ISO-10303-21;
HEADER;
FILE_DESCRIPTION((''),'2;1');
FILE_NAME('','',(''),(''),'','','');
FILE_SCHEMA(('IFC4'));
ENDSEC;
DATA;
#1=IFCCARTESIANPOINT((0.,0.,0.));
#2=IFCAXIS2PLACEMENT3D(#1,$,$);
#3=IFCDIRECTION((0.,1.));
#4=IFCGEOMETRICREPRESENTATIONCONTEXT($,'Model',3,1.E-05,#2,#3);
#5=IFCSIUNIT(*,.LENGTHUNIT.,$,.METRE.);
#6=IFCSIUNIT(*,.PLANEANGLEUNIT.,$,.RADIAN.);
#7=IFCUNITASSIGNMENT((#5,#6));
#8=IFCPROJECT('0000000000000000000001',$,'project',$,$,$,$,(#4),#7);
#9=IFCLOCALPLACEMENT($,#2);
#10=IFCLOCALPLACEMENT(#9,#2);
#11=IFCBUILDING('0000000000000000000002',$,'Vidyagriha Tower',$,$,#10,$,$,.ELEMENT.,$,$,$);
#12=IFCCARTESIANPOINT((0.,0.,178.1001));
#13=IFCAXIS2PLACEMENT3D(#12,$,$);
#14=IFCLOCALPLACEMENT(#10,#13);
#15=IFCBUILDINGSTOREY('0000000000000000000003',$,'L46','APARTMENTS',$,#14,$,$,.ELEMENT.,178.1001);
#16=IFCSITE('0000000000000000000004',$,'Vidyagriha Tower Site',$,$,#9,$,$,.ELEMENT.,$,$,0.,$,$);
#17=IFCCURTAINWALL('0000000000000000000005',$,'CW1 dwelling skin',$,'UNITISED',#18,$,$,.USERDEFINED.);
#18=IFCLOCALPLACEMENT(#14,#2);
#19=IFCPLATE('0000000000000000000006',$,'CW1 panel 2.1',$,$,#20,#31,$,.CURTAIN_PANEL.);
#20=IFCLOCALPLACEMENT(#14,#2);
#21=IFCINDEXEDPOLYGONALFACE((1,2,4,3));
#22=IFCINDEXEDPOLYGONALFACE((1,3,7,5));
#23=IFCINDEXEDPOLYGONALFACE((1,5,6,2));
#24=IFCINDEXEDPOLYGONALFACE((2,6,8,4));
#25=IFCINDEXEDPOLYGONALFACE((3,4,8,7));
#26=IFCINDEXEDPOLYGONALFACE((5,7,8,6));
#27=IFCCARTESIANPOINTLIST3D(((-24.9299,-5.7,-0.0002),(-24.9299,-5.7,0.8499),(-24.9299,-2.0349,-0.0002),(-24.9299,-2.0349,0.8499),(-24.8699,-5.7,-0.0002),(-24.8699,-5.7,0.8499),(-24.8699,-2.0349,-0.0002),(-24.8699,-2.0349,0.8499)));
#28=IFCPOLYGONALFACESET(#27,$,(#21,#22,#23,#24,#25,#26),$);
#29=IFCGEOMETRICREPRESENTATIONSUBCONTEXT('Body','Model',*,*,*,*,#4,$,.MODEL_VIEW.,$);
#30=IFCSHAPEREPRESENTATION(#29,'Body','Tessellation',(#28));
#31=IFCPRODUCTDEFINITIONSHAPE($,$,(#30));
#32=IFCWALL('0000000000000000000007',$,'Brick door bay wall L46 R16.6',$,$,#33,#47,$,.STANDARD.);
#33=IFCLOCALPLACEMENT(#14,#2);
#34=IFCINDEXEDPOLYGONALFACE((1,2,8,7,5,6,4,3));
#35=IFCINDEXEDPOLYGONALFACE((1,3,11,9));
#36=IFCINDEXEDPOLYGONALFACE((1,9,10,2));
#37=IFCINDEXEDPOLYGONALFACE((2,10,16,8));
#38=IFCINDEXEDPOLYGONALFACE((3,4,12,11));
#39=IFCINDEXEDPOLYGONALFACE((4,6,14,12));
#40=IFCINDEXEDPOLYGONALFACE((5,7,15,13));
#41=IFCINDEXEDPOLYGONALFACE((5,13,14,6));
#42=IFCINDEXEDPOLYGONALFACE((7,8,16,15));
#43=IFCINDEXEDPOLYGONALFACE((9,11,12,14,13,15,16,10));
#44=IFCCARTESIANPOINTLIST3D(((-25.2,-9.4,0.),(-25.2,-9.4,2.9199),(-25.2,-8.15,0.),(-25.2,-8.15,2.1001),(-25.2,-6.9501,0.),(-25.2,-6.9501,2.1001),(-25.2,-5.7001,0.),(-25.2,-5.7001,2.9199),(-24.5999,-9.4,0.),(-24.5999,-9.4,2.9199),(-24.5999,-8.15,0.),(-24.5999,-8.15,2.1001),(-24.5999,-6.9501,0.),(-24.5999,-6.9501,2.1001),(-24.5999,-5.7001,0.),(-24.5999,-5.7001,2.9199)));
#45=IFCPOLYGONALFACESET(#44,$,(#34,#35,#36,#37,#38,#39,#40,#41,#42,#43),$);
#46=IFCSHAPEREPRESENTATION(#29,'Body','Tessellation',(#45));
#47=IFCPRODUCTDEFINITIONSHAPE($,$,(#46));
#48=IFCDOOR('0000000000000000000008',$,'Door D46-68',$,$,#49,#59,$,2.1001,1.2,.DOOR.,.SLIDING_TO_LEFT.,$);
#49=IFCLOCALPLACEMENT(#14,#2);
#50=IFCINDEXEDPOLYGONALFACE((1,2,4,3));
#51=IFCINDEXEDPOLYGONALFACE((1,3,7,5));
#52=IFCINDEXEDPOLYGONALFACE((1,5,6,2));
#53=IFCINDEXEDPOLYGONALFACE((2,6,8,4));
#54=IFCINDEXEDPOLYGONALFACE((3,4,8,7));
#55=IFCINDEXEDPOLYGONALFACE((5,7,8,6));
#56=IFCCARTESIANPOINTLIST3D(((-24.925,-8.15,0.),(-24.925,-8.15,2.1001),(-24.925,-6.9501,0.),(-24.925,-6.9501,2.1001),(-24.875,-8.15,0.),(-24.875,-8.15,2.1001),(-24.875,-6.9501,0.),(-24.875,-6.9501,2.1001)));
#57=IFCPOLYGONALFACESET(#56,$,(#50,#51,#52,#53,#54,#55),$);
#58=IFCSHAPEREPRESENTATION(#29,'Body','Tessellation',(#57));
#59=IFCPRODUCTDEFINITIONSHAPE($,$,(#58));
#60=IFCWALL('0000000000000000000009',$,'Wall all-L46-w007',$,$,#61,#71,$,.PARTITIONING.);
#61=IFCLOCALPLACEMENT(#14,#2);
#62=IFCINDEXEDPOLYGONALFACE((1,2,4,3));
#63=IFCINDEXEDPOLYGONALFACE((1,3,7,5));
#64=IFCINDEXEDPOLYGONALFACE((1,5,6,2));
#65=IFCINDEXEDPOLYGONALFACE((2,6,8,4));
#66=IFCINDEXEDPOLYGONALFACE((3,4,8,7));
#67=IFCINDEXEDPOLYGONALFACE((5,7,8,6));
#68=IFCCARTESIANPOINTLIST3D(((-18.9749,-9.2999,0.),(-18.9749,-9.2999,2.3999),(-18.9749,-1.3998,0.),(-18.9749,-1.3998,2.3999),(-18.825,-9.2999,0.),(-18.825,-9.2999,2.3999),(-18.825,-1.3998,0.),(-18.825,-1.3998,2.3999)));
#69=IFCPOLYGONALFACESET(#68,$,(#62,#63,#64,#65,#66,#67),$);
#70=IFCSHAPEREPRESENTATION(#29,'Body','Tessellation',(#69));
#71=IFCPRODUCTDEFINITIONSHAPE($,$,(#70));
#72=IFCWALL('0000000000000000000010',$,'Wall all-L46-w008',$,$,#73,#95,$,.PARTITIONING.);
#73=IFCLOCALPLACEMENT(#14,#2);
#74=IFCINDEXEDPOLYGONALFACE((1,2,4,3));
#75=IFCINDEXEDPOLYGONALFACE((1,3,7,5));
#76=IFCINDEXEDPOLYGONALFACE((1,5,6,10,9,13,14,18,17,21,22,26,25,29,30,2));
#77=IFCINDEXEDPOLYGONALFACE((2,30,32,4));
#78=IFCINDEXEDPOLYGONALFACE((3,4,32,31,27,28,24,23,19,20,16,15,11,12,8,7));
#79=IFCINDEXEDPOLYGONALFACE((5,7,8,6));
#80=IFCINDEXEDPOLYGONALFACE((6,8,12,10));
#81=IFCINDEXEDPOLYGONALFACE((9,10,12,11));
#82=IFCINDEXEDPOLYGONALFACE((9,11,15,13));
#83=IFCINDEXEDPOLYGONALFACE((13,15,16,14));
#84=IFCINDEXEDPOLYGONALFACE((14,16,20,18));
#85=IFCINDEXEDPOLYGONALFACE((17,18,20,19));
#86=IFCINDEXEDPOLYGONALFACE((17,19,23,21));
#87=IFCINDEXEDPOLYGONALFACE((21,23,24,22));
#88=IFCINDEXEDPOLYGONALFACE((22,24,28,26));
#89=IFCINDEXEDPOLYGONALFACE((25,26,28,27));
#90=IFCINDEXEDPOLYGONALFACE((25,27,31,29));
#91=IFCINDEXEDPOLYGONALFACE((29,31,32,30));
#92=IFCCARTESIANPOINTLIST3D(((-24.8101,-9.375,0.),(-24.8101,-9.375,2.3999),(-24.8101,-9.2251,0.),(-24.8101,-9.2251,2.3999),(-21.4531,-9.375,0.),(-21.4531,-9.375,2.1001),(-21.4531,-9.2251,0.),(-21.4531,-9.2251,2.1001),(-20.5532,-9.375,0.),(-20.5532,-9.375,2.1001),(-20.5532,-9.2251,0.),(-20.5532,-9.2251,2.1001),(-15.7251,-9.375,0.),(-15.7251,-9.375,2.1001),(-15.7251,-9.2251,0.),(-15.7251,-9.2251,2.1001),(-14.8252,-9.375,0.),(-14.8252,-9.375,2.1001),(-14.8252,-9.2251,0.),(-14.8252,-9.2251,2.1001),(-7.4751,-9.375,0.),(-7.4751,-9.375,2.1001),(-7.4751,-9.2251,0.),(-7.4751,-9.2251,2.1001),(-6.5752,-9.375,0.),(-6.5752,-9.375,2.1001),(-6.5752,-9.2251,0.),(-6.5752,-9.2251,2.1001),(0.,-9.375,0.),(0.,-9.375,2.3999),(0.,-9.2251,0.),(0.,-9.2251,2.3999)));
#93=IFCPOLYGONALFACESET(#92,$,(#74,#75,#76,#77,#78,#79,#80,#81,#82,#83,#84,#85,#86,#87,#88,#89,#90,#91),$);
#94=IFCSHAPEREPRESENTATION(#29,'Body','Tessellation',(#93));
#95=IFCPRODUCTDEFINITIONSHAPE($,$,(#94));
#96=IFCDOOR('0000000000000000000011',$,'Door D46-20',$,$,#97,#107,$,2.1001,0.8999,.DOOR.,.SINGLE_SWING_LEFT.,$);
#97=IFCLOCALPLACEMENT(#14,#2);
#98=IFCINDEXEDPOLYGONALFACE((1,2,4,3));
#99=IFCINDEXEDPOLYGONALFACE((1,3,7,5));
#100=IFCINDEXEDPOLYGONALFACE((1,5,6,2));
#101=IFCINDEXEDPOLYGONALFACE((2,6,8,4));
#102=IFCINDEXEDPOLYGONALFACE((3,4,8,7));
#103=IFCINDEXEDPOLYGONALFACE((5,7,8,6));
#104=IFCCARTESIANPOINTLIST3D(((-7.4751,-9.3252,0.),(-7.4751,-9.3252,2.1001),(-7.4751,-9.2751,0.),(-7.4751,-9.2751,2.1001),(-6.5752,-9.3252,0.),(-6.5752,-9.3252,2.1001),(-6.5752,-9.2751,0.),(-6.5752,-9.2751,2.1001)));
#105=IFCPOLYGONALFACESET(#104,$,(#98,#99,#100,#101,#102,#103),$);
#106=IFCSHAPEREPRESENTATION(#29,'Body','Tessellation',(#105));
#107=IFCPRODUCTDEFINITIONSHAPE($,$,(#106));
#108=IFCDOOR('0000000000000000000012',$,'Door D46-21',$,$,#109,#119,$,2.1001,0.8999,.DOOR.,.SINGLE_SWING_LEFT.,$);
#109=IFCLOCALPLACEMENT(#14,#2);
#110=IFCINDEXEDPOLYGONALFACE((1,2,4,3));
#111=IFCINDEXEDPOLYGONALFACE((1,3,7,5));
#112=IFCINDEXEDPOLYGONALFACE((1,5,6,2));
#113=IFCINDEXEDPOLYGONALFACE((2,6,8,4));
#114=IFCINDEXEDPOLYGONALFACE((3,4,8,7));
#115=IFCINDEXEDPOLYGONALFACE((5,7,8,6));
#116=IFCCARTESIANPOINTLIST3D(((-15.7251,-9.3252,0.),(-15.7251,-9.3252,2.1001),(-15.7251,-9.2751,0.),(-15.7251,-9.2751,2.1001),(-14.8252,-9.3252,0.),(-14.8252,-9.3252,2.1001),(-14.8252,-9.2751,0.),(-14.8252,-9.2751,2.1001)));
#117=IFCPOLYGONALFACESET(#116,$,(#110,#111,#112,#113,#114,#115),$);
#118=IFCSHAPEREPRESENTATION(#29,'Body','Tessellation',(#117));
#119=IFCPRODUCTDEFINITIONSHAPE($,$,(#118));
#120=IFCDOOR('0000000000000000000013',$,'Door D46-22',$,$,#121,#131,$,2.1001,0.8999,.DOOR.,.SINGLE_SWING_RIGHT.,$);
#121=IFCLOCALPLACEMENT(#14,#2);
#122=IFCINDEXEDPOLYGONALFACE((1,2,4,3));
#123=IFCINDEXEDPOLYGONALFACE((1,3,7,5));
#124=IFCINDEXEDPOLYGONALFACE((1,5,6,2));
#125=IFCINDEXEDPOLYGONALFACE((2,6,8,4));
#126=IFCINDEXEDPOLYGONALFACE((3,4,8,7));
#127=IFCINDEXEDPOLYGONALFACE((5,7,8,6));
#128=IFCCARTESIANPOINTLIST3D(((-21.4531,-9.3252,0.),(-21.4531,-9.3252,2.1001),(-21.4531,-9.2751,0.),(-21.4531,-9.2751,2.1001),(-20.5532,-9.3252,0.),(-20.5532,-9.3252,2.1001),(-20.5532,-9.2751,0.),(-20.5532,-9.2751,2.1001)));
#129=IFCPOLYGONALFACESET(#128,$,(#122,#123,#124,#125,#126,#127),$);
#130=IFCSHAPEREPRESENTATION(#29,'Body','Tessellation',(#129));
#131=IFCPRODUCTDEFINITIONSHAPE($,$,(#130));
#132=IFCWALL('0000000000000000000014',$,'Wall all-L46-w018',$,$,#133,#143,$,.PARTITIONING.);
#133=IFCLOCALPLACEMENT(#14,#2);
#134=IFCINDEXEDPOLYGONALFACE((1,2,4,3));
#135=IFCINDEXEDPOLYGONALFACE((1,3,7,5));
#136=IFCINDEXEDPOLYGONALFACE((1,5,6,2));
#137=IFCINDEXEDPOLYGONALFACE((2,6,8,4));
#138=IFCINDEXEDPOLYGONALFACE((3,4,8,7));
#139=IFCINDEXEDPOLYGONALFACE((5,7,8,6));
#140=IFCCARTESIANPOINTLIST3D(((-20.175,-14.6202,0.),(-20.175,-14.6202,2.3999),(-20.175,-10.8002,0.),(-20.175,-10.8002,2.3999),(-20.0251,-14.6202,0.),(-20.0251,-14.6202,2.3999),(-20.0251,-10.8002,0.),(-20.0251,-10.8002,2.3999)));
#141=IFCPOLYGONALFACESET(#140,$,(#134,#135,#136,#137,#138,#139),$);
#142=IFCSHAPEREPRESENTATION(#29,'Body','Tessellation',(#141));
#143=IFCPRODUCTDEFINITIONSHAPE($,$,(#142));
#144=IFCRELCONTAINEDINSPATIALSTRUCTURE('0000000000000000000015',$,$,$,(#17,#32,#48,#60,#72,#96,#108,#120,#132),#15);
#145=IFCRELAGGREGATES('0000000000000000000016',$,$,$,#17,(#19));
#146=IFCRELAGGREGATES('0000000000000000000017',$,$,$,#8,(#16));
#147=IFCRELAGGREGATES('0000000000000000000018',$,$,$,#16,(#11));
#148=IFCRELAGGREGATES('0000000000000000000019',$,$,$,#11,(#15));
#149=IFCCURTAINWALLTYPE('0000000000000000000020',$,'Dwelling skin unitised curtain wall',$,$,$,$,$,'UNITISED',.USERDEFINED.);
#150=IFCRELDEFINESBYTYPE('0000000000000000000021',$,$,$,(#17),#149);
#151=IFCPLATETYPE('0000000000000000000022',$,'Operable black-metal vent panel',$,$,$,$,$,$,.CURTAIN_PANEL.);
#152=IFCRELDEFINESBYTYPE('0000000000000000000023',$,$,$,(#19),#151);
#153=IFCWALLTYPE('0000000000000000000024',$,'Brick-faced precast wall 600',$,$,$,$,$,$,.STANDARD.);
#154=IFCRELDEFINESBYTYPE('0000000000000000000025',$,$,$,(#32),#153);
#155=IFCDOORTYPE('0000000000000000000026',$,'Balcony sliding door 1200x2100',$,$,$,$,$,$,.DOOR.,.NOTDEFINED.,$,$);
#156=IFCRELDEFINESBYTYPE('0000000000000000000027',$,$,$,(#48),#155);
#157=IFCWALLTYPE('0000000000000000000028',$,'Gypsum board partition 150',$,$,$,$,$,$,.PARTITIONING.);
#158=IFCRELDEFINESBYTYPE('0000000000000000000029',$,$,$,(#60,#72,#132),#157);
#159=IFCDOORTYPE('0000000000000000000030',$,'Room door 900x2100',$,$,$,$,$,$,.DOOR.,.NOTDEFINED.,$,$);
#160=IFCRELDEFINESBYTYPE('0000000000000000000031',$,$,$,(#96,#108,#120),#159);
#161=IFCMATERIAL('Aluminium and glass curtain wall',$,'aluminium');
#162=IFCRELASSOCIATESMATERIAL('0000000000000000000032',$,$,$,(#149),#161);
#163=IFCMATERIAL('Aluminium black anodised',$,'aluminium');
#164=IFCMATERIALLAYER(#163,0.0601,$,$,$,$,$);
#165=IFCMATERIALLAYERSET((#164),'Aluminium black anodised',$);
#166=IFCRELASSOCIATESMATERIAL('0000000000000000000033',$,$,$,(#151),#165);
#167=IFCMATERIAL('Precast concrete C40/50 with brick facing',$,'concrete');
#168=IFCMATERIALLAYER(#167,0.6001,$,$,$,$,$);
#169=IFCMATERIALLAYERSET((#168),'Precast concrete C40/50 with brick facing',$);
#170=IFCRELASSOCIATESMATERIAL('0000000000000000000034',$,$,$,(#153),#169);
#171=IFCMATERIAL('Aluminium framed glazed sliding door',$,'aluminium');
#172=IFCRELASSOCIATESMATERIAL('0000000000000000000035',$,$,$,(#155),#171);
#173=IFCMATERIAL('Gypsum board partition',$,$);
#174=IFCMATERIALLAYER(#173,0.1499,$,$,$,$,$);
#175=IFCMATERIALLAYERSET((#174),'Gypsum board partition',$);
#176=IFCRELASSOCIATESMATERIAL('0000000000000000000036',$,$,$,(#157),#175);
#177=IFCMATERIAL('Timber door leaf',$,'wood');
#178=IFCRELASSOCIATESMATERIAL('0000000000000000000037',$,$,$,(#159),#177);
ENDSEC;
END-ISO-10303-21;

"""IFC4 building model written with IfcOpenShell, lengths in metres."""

from ifc_helpers import new_model, si_unit, direction, frame, frame_2d, origin, origin_2d, place, context, subcontext, project, spatial, rectangle, extrude, material, layer, layer_set, type_object, element, fill, aggregate, save


model = new_model("IFC4")

# Units and contexts
model_context = context("Model", 3, precision=1e-05, world=origin(), true_north=direction((0.0, 1.0)))
body_context = subcontext(model_context, "Body", "Model", "MODEL_VIEW")
ifc_project = project(units=[si_unit("LENGTHUNIT", "METRE"), si_unit("PLANEANGLEUNIT", "RADIAN")], contexts=[model_context])

# Site, building, storey
site_placement = place(None, origin())
site = spatial("IfcSite", under=ifc_project, at=site_placement, Name="Vidyagriha Tower Site", CompositionType="ELEMENT", RefElevation=0.0)
building_placement = place(site_placement, origin())
building = spatial("IfcBuilding", under=site, at=building_placement, Name="Vidyagriha Tower", CompositionType="ELEMENT")
storey_placement = place(building_placement, frame((0.0, 0.0, 178.1001)))
storey = spatial("IfcBuildingStorey", under=building, at=storey_placement, Name="L46", Description="APARTMENTS", CompositionType="ELEMENT", Elevation=178.1001)

# Curtain wall
ifc_material_1 = material(Name="Aluminium and glass curtain wall", Category="aluminium")
curtain_wall_type = type_object("IfcCurtainWallType", Name="Dwelling skin unitised curtain wall", ElementType="UNITISED", PredefinedType="USERDEFINED", material=ifc_material_1)
curtain_wall_1_placement = place(storey_placement, origin())
curtain_wall_1 = element("IfcCurtainWall", 1, at=curtain_wall_1_placement, inside=storey, type_object=curtain_wall_type, Name="CW1 dwelling skin", ObjectType="UNITISED", PredefinedType="USERDEFINED")

# Plate
ifc_material_2 = material(Name="Aluminium black anodised", Category="aluminium")
ifc_layer_1 = layer(ifc_material_2, 0.0601)
ifc_layer_set_1 = layer_set([ifc_layer_1], Name="Aluminium black anodised")
plate_type_1 = type_object("IfcPlateType", Name="Operable black-metal vent panel", PredefinedType="CURTAIN_PANEL", material=ifc_layer_set_1)
plate_1_placement = place(storey_placement, frame((-24.8999, -3.8674, -0.0002), z_axis=(0.0, 0.0, 1.0), x_axis=(0.0, -1.0, 0.0)))
plate_1 = element("IfcPlate", 2, at=plate_1_placement, type_object=plate_type_1, Name="CW1 panel 2.1", PredefinedType="CURTAIN_PANEL", context=body_context, shape_type="SweptSolid", body=[
    extrude(rectangle(XDim=3.665, YDim=0.0601, at=origin_2d()), origin(), (0.0, 0.0, 1.0), 0.8501),
])
aggregate(curtain_wall_1, [plate_1])

# Wall, opening, door
ifc_material_3 = material(Name="Precast concrete C40/50 with brick facing", Category="concrete")
ifc_layer_2 = layer(ifc_material_3, 0.6001)
ifc_layer_set_2 = layer_set([ifc_layer_2], Name="Precast concrete C40/50 with brick facing")
wall_type_1 = type_object("IfcWallType", Name="Brick-faced precast wall 600", PredefinedType="STANDARD", material=ifc_layer_set_2)
wall_1_placement = place(storey_placement, frame((-24.8999, -5.7, 0.0), z_axis=(0.0, 0.0, 1.0), x_axis=(0.0, -1.0, 0.0)))
wall_1 = element("IfcWall", 3, at=wall_1_placement, inside=storey, type_object=wall_type_1, Name="Brick door bay wall L46 R16.6", PredefinedType="STANDARD", context=body_context, shape_type="SweptSolid", body=[
    extrude(rectangle(XDim=3.7, YDim=0.6001, at=frame_2d((1.8501, 0.0))), origin(), (0.0, 0.0, 1.0), 2.9199),
])
opening_1_placement = place(wall_1_placement, frame((1.25, 0.0, 0.0)))
opening_1 = element("IfcOpeningElement", 4, at=opening_1_placement, cuts=wall_1, PredefinedType="OPENING", context=body_context, shape_type="SweptSolid", body=[
    extrude(rectangle(XDim=1.2, YDim=2.1001, at=frame_2d((0.6001, 1.05))), frame((0.0, 0.3101, 0.0), z_axis=(0.0, -1.0, 0.0), x_axis=(1.0, 0.0, 0.0)), (0.0, 0.0, 1.0), 0.6201),
])
ifc_material_4 = material(Name="Aluminium framed glazed sliding door", Category="aluminium")
door_type_1 = type_object("IfcDoorType", Name="Balcony sliding door 1200x2100", OperationType="NOTDEFINED", PredefinedType="DOOR", material=ifc_material_4)
door_1_placement = place(opening_1_placement, origin())
door_1 = element("IfcDoor", 5, at=door_1_placement, inside=storey, type_object=door_type_1, Name="Door D46-68", OperationType="SLIDING_TO_LEFT", OverallHeight=2.1001, OverallWidth=1.2, PredefinedType="DOOR", context=body_context, shape_type="SweptSolid", body=[
    extrude(rectangle(XDim=1.2, YDim=2.1001, at=frame_2d((0.6001, 1.05))), frame((0.0, 0.0249, 0.0), z_axis=(0.0, -1.0, 0.0), x_axis=(1.0, 0.0, 0.0)), (0.0, 0.0, 1.0), 0.05),
])
fill(opening_1, door_1)

# Wall
ifc_material_5 = material(Name="Gypsum board partition")
ifc_layer_3 = layer(ifc_material_5, 0.1499)
ifc_layer_set_3 = layer_set([ifc_layer_3], Name="Gypsum board partition")
wall_type_2 = type_object("IfcWallType", Name="Gypsum board partition 150", PredefinedType="PARTITIONING", material=ifc_layer_set_3)
wall_2_placement = place(storey_placement, frame((-18.8999, -9.3, 0.0), z_axis=(0.0, 0.0, 1.0), x_axis=(0.0, 1.0, 0.0)))
element("IfcWall", 6, at=wall_2_placement, inside=storey, type_object=wall_type_2, Name="Wall all-L46-w007", PredefinedType="PARTITIONING", context=body_context, shape_type="SweptSolid", body=[
    extrude(rectangle(XDim=7.9001, YDim=0.1499, at=frame_2d((3.9502, 0.0))), origin(), (0.0, 0.0, 1.0), 2.3999),
])

# Wall, openings, doors
wall_3_placement = place(storey_placement, frame((-24.8101, -9.3, 0.0)))
wall_3 = element("IfcWall", 7, at=wall_3_placement, inside=storey, type_object=wall_type_2, Name="Wall all-L46-w008", PredefinedType="PARTITIONING", context=body_context, shape_type="SweptSolid", body=[
    extrude(rectangle(XDim=24.8101, YDim=0.1499, at=frame_2d((12.405, 0.0))), origin(), (0.0, 0.0, 1.0), 2.3999),
])
opening_2_placement = place(wall_3_placement, frame((17.335, 0.0, 0.0)))
opening_2 = element("IfcOpeningElement", 8, at=opening_2_placement, cuts=wall_3, PredefinedType="OPENING", context=body_context, shape_type="SweptSolid", body=[
    extrude(rectangle(XDim=0.8999, YDim=2.1001, at=frame_2d((0.45, 1.05))), frame((0.0, 0.085, 0.0), z_axis=(0.0, -1.0, 0.0), x_axis=(1.0, 0.0, 0.0)), (0.0, 0.0, 1.0), 0.1699),
])
opening_3_placement = place(wall_3_placement, frame((9.085, 0.0, 0.0)))
opening_3 = element("IfcOpeningElement", 9, at=opening_3_placement, cuts=wall_3, PredefinedType="OPENING", context=body_context, shape_type="SweptSolid", body=[
    extrude(rectangle(XDim=0.8999, YDim=2.1001, at=frame_2d((0.45, 1.05))), frame((0.0, 0.085, 0.0), z_axis=(0.0, -1.0, 0.0), x_axis=(1.0, 0.0, 0.0)), (0.0, 0.0, 1.0), 0.1699),
])
opening_4_placement = place(wall_3_placement, frame((3.3569, 0.0, 0.0)))
opening_4 = element("IfcOpeningElement", 10, at=opening_4_placement, cuts=wall_3, PredefinedType="OPENING", context=body_context, shape_type="SweptSolid", body=[
    extrude(rectangle(XDim=0.8999, YDim=2.1001, at=frame_2d((0.45, 1.05))), frame((0.0, 0.085, 0.0), z_axis=(0.0, -1.0, 0.0), x_axis=(1.0, 0.0, 0.0)), (0.0, 0.0, 1.0), 0.1699),
])
ifc_material_6 = material(Name="Timber door leaf", Category="wood")
door_type_2 = type_object("IfcDoorType", Name="Room door 900x2100", OperationType="NOTDEFINED", PredefinedType="DOOR", material=ifc_material_6)
door_2_placement = place(opening_2_placement, origin())
door_2 = element("IfcDoor", 11, at=door_2_placement, inside=storey, type_object=door_type_2, Name="Door D46-20", OperationType="SINGLE_SWING_LEFT", OverallHeight=2.1001, OverallWidth=0.8999, PredefinedType="DOOR", context=body_context, shape_type="SweptSolid", body=[
    extrude(rectangle(XDim=0.8999, YDim=2.1001, at=frame_2d((0.45, 1.05))), frame((0.0, 0.0249, 0.0), z_axis=(0.0, -1.0, 0.0), x_axis=(1.0, 0.0, 0.0)), (0.0, 0.0, 1.0), 0.05),
])
fill(opening_2, door_2)
door_3_placement = place(opening_3_placement, origin())
door_3 = element("IfcDoor", 12, at=door_3_placement, inside=storey, type_object=door_type_2, Name="Door D46-21", OperationType="SINGLE_SWING_LEFT", OverallHeight=2.1001, OverallWidth=0.8999, PredefinedType="DOOR", context=body_context, shape_type="SweptSolid", body=[
    extrude(rectangle(XDim=0.8999, YDim=2.1001, at=frame_2d((0.45, 1.05))), frame((0.0, 0.0249, 0.0), z_axis=(0.0, -1.0, 0.0), x_axis=(1.0, 0.0, 0.0)), (0.0, 0.0, 1.0), 0.05),
])
fill(opening_3, door_3)
door_4_placement = place(opening_4_placement, origin())
door_4 = element("IfcDoor", 13, at=door_4_placement, inside=storey, type_object=door_type_2, Name="Door D46-22", OperationType="SINGLE_SWING_RIGHT", OverallHeight=2.1001, OverallWidth=0.8999, PredefinedType="DOOR", context=body_context, shape_type="SweptSolid", body=[
    extrude(rectangle(XDim=0.8999, YDim=2.1001, at=frame_2d((0.45, 1.05))), frame((0.0, 0.0249, 0.0), z_axis=(0.0, -1.0, 0.0), x_axis=(1.0, 0.0, 0.0)), (0.0, 0.0, 1.0), 0.05),
])
fill(opening_4, door_4)

# Wall
wall_4_placement = place(storey_placement, frame((-20.1001, -10.8, 0.0), z_axis=(0.0, 0.0, 1.0), x_axis=(0.0, -1.0, 0.0)))
element("IfcWall", 14, at=wall_4_placement, inside=storey, type_object=wall_type_2, Name="Wall all-L46-w018", PredefinedType="PARTITIONING", context=body_context, shape_type="SweptSolid", body=[
    extrude(rectangle(XDim=3.8201, YDim=0.1499, at=frame_2d((1.9102, 0.0))), origin(), (0.0, 0.0, 1.0), 2.3999),
])

save(model, "model.ifc")
